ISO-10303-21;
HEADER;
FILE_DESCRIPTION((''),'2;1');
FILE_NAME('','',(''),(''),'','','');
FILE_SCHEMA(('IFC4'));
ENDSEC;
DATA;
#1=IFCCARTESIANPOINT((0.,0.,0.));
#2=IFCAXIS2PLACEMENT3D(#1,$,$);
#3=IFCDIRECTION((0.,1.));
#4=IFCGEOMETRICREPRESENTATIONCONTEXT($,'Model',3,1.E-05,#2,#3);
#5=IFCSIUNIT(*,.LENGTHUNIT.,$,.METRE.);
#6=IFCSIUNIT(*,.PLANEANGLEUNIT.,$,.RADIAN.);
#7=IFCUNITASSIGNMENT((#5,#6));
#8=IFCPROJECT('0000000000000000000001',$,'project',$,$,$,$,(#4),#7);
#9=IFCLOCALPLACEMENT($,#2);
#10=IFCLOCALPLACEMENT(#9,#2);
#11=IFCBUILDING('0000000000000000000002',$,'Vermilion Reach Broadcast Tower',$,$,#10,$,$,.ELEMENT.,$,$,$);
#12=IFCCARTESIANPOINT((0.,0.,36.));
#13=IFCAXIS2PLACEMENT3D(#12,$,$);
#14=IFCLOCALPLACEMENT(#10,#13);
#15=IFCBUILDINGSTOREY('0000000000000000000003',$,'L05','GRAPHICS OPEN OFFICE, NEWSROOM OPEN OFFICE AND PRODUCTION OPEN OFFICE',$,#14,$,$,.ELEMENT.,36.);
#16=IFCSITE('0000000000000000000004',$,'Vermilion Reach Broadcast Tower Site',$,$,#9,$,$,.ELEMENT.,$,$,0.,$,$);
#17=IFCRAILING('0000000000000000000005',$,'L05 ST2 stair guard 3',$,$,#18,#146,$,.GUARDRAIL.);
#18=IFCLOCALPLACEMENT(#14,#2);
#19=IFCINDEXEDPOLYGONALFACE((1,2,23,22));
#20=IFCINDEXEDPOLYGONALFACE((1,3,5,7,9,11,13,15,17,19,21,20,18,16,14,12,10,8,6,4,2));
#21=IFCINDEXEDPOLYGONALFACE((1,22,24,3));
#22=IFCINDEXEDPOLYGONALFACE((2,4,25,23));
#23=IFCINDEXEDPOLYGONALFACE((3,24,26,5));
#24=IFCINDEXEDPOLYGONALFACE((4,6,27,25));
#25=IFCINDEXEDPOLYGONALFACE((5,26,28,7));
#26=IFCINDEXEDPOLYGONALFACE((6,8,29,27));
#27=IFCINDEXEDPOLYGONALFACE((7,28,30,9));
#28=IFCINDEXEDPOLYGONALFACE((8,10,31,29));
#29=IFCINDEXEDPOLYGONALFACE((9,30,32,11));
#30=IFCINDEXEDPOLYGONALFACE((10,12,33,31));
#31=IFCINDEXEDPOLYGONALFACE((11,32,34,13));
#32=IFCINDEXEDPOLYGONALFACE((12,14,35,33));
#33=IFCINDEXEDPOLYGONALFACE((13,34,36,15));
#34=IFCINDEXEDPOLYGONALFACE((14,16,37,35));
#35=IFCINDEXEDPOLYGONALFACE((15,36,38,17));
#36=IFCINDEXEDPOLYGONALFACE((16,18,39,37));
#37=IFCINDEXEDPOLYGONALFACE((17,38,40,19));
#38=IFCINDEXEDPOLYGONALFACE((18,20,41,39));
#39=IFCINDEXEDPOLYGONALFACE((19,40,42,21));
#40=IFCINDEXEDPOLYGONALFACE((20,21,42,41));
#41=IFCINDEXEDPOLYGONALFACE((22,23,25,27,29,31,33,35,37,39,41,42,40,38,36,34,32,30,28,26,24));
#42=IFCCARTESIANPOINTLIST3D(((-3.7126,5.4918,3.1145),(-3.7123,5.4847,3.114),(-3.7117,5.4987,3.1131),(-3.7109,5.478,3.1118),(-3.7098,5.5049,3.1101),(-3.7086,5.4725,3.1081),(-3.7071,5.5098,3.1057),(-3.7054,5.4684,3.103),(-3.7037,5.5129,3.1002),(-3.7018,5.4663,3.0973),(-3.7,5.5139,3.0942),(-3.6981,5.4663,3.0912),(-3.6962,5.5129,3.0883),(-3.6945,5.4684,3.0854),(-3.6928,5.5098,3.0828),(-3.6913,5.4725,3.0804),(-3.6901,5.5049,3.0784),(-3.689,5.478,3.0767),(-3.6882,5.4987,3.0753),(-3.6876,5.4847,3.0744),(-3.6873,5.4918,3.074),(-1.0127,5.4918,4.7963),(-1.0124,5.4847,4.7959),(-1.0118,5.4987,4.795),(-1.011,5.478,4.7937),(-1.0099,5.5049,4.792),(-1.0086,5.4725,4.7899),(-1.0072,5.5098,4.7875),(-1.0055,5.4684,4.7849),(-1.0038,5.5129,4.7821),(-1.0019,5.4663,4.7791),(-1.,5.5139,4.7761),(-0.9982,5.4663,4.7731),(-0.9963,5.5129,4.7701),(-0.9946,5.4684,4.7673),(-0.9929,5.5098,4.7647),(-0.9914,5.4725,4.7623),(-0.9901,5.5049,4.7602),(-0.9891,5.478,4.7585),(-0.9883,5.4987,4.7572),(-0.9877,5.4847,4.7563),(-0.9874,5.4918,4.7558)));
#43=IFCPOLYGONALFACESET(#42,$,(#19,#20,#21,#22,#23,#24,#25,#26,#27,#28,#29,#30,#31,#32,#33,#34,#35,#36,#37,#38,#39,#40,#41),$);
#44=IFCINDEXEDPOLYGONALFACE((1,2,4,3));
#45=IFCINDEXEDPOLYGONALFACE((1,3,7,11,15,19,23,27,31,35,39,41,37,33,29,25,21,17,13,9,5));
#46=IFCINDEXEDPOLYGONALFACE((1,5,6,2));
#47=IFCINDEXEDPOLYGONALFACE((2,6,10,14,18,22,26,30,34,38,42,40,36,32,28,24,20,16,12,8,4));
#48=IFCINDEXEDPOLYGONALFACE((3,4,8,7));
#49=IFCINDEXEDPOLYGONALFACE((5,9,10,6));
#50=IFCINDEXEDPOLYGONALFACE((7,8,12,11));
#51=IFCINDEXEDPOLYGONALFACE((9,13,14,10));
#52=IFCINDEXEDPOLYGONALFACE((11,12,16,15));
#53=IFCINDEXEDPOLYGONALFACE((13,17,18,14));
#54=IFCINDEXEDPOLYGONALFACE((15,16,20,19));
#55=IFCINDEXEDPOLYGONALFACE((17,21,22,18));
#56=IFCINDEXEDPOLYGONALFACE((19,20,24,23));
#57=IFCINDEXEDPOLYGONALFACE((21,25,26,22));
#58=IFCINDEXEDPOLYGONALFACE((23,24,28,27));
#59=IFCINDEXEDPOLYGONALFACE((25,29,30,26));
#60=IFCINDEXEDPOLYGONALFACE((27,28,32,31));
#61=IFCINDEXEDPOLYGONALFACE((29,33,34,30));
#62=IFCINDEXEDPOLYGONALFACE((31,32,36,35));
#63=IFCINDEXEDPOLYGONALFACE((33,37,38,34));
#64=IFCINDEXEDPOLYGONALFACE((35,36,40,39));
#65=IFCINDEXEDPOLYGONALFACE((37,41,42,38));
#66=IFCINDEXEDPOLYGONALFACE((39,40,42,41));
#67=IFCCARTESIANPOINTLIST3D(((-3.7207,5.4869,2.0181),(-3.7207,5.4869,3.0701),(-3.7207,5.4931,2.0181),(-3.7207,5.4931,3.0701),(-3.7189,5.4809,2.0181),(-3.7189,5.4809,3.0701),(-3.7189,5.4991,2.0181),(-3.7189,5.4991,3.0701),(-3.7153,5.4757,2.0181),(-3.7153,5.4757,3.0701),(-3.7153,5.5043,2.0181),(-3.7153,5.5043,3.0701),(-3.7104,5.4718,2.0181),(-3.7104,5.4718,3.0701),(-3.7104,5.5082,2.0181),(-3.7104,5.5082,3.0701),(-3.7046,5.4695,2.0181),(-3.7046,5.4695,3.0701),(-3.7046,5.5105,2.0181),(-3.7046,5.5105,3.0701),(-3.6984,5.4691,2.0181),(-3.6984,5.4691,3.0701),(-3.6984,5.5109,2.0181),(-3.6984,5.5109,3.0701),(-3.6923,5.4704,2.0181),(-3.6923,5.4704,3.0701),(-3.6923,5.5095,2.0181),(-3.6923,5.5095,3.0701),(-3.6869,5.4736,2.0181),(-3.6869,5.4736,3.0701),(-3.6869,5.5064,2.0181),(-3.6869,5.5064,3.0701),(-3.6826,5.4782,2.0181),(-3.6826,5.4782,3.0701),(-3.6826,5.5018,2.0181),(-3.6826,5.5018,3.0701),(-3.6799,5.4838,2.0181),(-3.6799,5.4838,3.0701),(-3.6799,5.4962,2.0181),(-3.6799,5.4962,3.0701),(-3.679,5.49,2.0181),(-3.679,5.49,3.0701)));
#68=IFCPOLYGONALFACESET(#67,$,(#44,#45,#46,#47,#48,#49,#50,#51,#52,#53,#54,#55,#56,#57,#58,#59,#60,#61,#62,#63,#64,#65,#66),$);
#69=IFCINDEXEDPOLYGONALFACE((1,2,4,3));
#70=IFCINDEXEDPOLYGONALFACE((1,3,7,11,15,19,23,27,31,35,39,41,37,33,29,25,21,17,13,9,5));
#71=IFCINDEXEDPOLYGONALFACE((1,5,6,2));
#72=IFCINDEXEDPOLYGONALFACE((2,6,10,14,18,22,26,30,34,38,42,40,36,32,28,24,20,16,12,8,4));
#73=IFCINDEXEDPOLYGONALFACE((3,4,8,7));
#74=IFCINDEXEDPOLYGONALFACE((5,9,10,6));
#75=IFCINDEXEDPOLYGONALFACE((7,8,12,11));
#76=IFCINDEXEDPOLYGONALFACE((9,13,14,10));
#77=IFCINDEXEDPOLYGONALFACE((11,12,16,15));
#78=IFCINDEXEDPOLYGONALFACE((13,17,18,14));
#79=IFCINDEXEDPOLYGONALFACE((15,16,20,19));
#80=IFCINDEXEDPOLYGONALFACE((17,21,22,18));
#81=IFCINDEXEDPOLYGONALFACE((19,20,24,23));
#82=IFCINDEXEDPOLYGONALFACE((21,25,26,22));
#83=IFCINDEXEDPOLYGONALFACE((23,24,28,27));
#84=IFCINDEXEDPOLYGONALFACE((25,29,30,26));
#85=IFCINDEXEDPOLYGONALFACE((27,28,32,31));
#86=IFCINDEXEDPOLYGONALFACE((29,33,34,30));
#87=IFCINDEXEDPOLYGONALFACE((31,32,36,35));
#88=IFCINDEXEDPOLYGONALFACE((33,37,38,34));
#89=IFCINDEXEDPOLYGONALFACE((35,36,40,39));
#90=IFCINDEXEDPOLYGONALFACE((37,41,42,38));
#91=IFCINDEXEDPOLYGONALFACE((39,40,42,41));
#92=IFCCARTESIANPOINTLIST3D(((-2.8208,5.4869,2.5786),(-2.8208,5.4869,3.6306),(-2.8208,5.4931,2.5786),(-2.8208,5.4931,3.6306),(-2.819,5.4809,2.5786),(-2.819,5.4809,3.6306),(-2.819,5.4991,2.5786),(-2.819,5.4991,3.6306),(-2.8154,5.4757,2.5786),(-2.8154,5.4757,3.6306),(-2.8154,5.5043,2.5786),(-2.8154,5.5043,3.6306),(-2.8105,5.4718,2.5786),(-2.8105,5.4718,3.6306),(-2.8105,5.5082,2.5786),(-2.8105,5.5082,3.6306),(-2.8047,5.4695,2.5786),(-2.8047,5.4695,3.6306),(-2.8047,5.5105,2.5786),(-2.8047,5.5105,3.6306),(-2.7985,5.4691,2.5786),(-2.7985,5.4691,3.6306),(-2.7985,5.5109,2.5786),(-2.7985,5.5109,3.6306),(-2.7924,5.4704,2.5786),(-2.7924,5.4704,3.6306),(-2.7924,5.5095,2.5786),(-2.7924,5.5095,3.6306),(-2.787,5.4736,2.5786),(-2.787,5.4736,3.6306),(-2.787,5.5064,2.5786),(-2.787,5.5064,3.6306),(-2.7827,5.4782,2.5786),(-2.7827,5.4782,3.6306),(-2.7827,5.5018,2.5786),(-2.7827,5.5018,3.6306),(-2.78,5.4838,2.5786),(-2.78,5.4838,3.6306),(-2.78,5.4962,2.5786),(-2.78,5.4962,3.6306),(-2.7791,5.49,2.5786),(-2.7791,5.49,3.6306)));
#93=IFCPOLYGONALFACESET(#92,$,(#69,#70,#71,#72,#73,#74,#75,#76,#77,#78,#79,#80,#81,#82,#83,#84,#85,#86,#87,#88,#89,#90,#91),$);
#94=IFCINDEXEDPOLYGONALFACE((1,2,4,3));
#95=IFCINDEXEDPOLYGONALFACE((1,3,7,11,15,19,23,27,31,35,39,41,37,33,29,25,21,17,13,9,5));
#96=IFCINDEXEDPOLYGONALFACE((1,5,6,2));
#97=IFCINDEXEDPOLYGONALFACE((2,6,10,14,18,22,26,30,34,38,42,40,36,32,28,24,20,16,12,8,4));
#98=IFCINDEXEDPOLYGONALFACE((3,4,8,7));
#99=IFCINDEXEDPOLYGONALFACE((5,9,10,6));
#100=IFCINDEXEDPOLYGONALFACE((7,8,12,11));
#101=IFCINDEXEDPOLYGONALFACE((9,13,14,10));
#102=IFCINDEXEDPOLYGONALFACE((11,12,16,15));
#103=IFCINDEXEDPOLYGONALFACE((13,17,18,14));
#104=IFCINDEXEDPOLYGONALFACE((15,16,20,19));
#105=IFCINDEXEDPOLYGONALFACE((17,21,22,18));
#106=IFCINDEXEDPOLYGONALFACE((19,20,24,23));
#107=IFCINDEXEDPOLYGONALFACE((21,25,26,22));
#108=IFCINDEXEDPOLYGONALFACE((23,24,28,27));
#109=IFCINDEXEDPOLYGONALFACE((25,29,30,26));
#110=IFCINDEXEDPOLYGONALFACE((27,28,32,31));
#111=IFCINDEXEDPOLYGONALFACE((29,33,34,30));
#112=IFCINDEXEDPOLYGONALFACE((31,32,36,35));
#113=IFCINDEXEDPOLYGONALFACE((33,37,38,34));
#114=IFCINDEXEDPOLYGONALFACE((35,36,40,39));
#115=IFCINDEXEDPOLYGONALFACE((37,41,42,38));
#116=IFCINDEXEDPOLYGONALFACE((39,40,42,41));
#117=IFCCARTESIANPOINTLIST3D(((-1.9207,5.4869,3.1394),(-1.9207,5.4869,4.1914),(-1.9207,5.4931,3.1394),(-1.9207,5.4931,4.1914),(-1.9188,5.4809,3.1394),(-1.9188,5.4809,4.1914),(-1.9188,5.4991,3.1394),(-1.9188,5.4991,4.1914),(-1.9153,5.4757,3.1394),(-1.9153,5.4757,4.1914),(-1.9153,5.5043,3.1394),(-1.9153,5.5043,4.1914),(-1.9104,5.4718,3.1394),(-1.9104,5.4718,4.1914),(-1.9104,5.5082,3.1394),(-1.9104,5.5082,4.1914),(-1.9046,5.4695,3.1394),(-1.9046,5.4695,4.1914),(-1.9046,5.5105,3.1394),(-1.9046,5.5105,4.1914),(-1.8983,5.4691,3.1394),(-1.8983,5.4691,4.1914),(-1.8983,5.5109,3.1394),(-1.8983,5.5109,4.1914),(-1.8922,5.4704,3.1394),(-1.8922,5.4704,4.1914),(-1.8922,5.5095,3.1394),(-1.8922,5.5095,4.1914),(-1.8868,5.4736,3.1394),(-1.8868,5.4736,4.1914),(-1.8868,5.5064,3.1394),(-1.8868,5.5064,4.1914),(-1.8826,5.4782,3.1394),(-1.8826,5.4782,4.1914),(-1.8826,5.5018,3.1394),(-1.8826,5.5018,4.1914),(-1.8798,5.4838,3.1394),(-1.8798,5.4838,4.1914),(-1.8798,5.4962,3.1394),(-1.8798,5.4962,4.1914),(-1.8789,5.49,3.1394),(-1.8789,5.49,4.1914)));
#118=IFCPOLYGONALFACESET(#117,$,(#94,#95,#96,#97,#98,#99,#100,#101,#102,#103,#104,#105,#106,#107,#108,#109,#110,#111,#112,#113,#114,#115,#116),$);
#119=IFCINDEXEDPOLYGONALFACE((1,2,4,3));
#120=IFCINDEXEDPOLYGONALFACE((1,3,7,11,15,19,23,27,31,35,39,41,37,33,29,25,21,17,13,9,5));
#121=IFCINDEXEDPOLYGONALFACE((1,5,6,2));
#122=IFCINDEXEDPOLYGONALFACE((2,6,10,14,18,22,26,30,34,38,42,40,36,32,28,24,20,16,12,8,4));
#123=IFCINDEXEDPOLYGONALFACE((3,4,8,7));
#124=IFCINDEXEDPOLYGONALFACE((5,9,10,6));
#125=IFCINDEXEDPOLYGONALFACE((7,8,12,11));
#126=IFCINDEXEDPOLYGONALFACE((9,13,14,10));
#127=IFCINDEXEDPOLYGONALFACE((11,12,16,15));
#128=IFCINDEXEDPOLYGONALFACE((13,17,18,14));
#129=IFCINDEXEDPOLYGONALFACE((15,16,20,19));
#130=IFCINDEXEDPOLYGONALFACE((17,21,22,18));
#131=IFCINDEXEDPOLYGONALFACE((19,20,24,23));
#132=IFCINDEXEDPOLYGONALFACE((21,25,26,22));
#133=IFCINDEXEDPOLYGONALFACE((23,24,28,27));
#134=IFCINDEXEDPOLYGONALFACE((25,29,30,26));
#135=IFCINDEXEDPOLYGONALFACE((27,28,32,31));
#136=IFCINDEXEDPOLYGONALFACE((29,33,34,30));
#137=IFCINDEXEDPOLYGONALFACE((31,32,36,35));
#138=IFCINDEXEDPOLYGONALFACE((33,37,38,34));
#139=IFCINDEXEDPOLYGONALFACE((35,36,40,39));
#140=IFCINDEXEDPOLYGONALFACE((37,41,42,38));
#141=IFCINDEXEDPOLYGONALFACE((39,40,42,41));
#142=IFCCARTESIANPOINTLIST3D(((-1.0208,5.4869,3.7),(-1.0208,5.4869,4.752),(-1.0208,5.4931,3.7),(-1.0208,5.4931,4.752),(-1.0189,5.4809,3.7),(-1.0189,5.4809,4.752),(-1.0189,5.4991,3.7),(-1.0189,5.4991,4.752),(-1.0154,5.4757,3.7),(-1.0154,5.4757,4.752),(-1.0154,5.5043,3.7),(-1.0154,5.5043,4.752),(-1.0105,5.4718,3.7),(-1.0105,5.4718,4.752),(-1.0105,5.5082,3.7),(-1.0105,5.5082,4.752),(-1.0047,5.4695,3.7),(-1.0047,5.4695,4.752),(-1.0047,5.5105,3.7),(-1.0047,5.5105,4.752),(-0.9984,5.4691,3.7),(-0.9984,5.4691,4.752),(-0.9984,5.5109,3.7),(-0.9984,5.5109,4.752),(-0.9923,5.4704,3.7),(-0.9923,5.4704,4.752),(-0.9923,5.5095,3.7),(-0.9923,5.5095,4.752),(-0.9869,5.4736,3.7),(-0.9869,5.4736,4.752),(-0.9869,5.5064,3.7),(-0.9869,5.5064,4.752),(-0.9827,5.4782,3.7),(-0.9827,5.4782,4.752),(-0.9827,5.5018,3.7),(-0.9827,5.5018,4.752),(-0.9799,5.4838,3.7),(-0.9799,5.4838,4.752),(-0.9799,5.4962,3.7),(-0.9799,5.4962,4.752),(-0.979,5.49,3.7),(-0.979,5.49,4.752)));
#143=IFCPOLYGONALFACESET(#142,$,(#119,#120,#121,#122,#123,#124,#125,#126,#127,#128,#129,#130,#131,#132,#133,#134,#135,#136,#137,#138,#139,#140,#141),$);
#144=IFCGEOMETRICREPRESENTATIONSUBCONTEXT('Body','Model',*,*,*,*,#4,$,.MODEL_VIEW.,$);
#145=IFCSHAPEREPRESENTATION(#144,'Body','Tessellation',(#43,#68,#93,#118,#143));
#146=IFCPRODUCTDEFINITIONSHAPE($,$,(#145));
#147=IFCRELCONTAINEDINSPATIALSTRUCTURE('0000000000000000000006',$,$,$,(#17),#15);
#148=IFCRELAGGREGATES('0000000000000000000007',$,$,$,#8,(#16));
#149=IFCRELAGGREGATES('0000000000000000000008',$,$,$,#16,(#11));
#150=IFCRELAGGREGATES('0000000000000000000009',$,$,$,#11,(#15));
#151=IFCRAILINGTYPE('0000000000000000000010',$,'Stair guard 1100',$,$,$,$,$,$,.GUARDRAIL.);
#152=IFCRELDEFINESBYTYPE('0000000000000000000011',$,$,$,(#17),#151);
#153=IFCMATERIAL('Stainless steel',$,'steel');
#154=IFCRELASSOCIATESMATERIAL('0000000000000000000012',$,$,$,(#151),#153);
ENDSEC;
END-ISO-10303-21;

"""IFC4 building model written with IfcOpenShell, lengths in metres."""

from ifc_helpers import new_model, si_unit, direction, frame, origin, origin_2d, place, context, subcontext, project, spatial, circle, extrude, material, type_object, element, save


model = new_model("IFC4")

# Units and contexts
model_context = context("Model", 3, precision=1e-05, world=origin(), true_north=direction((0.0, 1.0)))
body_context = subcontext(model_context, "Body", "Model", "MODEL_VIEW")
ifc_project = project(units=[si_unit("LENGTHUNIT", "METRE"), si_unit("PLANEANGLEUNIT", "RADIAN")], contexts=[model_context])

# Site, building, storey
site_placement = place(None, origin())
site = spatial("IfcSite", under=ifc_project, at=site_placement, Name="Vermilion Reach Broadcast Tower Site", CompositionType="ELEMENT", RefElevation=0.0)
building_placement = place(site_placement, origin())
building = spatial("IfcBuilding", under=site, at=building_placement, Name="Vermilion Reach Broadcast Tower", CompositionType="ELEMENT")
storey_placement = place(building_placement, frame((0.0, 0.0, 36.0)))
storey = spatial("IfcBuildingStorey", under=building, at=storey_placement, Name="L05", Description="GRAPHICS OPEN OFFICE, NEWSROOM OPEN OFFICE AND PRODUCTION OPEN OFFICE", CompositionType="ELEMENT", Elevation=36.0)

# Railing
ifc_material_1 = material(Name="Stainless steel", Category="steel")
railing_type_1 = type_object("IfcRailingType", Name="Stair guard 1100", PredefinedType="GUARDRAIL", material=ifc_material_1)
railing_1_placement = place(storey_placement, frame((-3.7, 5.49, 2.0181)))
element("IfcRailing", 1, at=railing_1_placement, inside=storey, type_object=railing_type_1, Name="L05 ST2 stair guard 3", PredefinedType="GUARDRAIL", context=body_context, shape_type="SweptSolid", body=[
    extrude(circle(Radius=0.0239, at=origin_2d()), frame((0.0, 0.0, 1.0762), z_axis=(0.848786, 0.0, 0.528736), x_axis=(0.0, 1.0, 0.0)), (0.0, 0.0, 1.0), 3.1809),
    extrude(circle(Radius=0.021, at=origin_2d()), origin(), (0.0, 0.0, 1.0), 1.052),
    extrude(circle(Radius=0.021, at=origin_2d()), frame((0.8999, 0.0, 0.5605)), (0.0, 0.0, 1.0), 1.052),
    extrude(circle(Radius=0.021, at=origin_2d()), frame((1.8, 0.0, 1.1213)), (0.0, 0.0, 1.0), 1.052),
    extrude(circle(Radius=0.021, at=origin_2d()), frame((2.7, 0.0, 1.6819)), (0.0, 0.0, 1.0), 1.052),
])

save(model, "model.ifc")
